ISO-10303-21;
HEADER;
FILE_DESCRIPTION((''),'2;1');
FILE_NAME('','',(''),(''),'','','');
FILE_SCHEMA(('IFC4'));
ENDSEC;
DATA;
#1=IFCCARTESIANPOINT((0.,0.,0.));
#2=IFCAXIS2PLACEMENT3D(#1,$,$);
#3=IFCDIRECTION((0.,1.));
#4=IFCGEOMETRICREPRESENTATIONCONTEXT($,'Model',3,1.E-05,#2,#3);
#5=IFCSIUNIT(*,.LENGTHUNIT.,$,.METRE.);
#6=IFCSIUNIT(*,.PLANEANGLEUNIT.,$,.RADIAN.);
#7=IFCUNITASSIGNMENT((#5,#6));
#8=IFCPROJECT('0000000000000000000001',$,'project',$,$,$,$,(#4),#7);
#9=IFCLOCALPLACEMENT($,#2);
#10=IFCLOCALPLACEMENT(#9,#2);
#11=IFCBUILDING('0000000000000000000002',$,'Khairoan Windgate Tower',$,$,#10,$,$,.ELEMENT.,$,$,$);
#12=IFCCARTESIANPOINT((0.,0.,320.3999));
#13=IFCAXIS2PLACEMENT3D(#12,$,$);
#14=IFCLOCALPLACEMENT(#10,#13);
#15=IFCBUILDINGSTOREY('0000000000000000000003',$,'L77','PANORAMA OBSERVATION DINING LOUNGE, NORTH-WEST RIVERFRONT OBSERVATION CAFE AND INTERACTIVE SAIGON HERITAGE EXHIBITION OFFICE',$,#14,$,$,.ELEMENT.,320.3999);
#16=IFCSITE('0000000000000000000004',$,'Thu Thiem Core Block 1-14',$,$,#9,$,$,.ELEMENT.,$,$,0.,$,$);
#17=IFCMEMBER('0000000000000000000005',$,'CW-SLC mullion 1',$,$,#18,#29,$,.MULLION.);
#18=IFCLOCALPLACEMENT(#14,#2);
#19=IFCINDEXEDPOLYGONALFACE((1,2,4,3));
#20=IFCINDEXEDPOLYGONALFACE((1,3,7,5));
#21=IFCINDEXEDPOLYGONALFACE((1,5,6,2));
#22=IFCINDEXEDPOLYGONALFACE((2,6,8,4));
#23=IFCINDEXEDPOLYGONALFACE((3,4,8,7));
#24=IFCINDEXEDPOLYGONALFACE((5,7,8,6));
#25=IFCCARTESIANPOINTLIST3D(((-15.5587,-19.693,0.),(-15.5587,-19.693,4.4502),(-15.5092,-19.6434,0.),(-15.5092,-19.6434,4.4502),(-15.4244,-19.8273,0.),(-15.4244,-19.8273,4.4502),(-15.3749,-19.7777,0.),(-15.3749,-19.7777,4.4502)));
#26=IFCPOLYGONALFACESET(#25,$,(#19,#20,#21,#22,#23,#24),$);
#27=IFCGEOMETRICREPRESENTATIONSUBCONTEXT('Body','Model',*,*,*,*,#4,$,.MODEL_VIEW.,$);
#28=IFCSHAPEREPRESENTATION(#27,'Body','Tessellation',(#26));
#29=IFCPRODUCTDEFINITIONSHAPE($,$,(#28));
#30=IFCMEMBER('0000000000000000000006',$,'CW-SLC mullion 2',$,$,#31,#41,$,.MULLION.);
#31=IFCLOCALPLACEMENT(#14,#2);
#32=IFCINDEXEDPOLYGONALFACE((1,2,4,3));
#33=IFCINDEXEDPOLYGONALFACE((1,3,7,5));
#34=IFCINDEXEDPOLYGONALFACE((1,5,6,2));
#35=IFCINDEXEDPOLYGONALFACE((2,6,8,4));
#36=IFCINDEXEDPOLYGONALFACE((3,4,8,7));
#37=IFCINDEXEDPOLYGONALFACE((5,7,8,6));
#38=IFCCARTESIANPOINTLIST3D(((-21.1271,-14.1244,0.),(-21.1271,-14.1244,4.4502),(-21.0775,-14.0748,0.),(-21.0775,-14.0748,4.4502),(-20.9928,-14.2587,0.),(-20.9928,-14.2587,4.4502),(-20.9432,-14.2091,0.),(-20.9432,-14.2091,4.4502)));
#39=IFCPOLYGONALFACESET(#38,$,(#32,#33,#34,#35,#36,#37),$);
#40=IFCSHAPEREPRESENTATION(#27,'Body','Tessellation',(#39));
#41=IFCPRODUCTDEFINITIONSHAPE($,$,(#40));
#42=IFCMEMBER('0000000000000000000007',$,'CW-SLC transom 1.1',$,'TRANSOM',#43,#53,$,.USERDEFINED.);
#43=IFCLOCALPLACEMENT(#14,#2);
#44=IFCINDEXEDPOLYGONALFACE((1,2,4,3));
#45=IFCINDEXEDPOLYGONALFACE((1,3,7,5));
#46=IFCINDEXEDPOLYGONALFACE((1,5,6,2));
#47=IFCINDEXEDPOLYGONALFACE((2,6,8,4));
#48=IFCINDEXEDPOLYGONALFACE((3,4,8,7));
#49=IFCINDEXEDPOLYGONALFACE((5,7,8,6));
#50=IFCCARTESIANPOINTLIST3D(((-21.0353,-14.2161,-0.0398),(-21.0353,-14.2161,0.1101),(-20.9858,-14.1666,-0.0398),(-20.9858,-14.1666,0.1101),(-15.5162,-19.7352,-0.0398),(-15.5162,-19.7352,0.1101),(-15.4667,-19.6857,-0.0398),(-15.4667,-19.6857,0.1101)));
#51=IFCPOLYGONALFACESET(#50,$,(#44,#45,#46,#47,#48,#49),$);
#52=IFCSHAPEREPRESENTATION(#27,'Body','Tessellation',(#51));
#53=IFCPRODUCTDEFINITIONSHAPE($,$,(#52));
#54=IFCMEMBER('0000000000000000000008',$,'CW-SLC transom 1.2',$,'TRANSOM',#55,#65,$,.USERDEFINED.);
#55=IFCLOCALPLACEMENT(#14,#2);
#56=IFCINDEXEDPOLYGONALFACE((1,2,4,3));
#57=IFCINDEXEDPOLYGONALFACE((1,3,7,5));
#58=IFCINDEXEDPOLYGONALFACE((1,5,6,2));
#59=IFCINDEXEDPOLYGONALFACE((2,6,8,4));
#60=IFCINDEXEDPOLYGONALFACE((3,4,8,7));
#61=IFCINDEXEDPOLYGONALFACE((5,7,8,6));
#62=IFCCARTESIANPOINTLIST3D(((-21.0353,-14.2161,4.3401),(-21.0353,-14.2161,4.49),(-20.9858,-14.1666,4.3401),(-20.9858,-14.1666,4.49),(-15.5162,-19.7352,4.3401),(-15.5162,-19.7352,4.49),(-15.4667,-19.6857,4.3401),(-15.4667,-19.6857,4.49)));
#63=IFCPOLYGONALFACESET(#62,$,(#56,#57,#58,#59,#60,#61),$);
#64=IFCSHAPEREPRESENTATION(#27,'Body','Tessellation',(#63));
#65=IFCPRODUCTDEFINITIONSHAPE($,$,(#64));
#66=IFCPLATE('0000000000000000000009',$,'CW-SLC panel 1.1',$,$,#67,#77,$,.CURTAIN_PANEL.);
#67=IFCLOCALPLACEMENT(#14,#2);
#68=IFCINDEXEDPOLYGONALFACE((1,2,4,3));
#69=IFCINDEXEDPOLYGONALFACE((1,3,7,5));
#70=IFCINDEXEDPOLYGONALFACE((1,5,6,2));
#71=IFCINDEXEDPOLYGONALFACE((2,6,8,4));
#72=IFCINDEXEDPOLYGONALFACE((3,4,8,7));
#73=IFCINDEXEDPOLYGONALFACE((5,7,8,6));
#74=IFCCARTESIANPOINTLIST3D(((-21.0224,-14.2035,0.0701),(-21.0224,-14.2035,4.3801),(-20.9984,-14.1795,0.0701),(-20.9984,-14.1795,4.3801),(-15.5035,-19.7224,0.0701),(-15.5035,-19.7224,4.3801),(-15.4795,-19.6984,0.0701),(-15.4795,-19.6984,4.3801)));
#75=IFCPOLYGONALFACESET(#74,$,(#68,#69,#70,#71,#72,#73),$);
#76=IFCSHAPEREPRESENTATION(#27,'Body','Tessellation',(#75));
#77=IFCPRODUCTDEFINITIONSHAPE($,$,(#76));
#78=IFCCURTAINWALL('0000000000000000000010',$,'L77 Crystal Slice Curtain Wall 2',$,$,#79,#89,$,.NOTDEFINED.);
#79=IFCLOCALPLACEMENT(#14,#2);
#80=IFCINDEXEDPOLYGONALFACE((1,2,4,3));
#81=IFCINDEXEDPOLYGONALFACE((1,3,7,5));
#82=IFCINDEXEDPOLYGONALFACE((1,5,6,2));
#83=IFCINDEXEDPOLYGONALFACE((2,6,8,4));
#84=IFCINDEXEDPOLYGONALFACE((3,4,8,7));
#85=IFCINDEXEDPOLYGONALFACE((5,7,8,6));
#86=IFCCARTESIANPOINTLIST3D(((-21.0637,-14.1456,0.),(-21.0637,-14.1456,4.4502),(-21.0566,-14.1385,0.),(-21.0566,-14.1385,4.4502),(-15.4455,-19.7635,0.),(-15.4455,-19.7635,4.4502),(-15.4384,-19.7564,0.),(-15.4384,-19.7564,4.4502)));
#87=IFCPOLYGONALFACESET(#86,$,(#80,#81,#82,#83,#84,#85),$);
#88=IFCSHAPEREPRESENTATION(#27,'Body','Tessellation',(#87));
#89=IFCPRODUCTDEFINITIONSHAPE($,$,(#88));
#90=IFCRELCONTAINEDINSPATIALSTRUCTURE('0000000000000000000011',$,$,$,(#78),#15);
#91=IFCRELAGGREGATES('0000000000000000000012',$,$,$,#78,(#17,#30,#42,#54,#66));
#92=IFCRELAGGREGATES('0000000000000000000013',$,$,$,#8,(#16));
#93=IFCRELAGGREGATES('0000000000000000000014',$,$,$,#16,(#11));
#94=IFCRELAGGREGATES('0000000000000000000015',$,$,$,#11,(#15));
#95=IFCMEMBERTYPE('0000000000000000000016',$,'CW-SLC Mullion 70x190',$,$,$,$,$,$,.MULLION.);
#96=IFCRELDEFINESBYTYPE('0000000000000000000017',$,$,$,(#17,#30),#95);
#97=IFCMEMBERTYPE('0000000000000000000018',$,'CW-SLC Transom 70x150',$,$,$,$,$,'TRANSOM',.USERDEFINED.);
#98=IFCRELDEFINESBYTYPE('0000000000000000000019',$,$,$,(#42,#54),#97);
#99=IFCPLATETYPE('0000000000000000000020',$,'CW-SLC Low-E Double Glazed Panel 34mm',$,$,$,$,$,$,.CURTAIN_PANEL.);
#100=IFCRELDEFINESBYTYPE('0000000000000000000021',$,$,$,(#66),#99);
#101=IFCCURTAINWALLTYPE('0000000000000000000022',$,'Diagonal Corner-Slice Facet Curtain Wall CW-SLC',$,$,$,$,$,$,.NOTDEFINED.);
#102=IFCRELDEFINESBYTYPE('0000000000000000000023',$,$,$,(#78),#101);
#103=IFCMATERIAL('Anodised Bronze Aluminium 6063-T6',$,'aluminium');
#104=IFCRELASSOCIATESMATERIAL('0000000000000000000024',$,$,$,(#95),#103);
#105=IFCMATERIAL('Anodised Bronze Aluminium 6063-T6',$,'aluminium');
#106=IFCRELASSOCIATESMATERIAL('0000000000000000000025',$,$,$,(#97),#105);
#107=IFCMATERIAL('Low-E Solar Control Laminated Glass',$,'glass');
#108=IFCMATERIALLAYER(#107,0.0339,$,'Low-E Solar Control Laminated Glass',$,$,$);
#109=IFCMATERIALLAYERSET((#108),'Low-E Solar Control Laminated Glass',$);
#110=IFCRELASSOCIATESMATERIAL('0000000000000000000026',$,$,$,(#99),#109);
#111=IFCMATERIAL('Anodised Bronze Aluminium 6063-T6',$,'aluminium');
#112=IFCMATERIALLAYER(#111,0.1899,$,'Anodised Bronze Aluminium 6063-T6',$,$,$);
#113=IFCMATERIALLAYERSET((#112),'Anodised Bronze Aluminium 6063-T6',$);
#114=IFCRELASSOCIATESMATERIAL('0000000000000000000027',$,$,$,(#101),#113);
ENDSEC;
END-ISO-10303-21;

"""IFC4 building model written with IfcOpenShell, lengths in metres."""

from ifc_helpers import new_model, si_unit, direction, frame, frame_2d, origin, origin_2d, place, context, subcontext, project, spatial, rectangle, extrude, material, layer, layer_set, material_profile, profile_set, type_object, element, aggregate, save


model = new_model("IFC4")

# Units and contexts
model_context = context("Model", 3, precision=1e-05, world=origin(), true_north=direction((0.0, 1.0)))
body_context = subcontext(model_context, "Body", "Model", "MODEL_VIEW")
ifc_project = project(units=[si_unit("LENGTHUNIT", "METRE"), si_unit("PLANEANGLEUNIT", "RADIAN")], contexts=[model_context])

# Site, building, storey
site_placement = place(None, origin())
site = spatial("IfcSite", under=ifc_project, at=site_placement, Name="Thu Thiem Core Block 1-14", CompositionType="ELEMENT", RefElevation=0.0)
building_placement = place(site_placement, origin())
building = spatial("IfcBuilding", under=site, at=building_placement, Name="Khairoan Windgate Tower", CompositionType="ELEMENT")
storey_placement = place(building_placement, frame((0.0, 0.0, 320.3999)))
storey = spatial("IfcBuildingStorey", under=building, at=storey_placement, Name="L77", Description="PANORAMA OBSERVATION DINING LOUNGE, NORTH-WEST RIVERFRONT OBSERVATION CAFE AND INTERACTIVE SAIGON HERITAGE EXHIBITION OFFICE", CompositionType="ELEMENT", Elevation=320.3999)

# Members
ifc_material_1 = material(Name="Anodised Bronze Aluminium 6063-T6", Category="aluminium")
ifc_material_profile_1 = material_profile(ifc_material_1, rectangle(XDim=0.0701, YDim=0.1899, at=origin_2d()))
ifc_profile_set_1 = profile_set([ifc_material_profile_1], Name="Anodised Bronze Aluminium 6063-T6")
member_type_1 = type_object("IfcMemberType", Name="CW-SLC Mullion 70x190", PredefinedType="MULLION", material=ifc_profile_set_1)
member_1_placement = place(storey_placement, frame((-15.4668, -19.7354, 0.0), z_axis=(0.0, 0.0, 1.0), x_axis=(-0.707107, -0.707107, 0.0)))
member_1 = element("IfcMember", 1, at=member_1_placement, type_object=member_type_1, Name="CW-SLC mullion 1", PredefinedType="MULLION", context=body_context, shape_type="SweptSolid", body=[
    extrude(rectangle(XDim=0.0701, YDim=0.1899, at=origin_2d()), origin(), (0.0, 0.0, 1.0), 4.4502),
])
member_2_placement = place(storey_placement, frame((-21.0352, -14.1667, 0.0), z_axis=(0.0, 0.0, 1.0), x_axis=(-0.707107, -0.707107, 0.0)))
member_2 = element("IfcMember", 2, at=member_2_placement, type_object=member_type_1, Name="CW-SLC mullion 2", PredefinedType="MULLION", context=body_context, shape_type="SweptSolid", body=[
    extrude(rectangle(XDim=0.0701, YDim=0.1899, at=origin_2d()), origin(), (0.0, 0.0, 1.0), 4.4502),
])
ifc_material_2 = material(Name="Anodised Bronze Aluminium 6063-T6", Category="aluminium")
ifc_material_profile_2 = material_profile(ifc_material_2, rectangle(XDim=0.0701, YDim=0.1499, at=origin_2d()))
ifc_profile_set_2 = profile_set([ifc_material_profile_2], Name="Anodised Bronze Aluminium 6063-T6")
member_type_2 = type_object("IfcMemberType", Name="CW-SLC Transom 70x150", ElementType="TRANSOM", PredefinedType="USERDEFINED", material=ifc_profile_set_2)
member_3_placement = place(storey_placement, frame((-15.4915, -19.7104, 0.0352), z_axis=(-0.707107, 0.707107, 0.0), x_axis=(-0.707107, -0.707107, 0.0)))
member_3 = element("IfcMember", 3, at=member_3_placement, type_object=member_type_2, Name="CW-SLC transom 1.1", ObjectType="TRANSOM", PredefinedType="USERDEFINED", context=body_context, shape_type="SweptSolid", body=[
    extrude(rectangle(XDim=0.0701, YDim=0.1499, at=origin_2d()), origin(), (0.0, 0.0, 1.0), 7.8052),
])
member_4_placement = place(storey_placement, frame((-15.4915, -19.7104, 4.415), z_axis=(-0.707107, 0.707107, 0.0), x_axis=(-0.707107, -0.707107, 0.0)))
member_4 = element("IfcMember", 4, at=member_4_placement, type_object=member_type_2, Name="CW-SLC transom 1.2", ObjectType="TRANSOM", PredefinedType="USERDEFINED", context=body_context, shape_type="SweptSolid", body=[
    extrude(rectangle(XDim=0.0701, YDim=0.1499, at=origin_2d()), origin(), (0.0, 0.0, 1.0), 7.8052),
])

# Plate
ifc_material_3 = material(Name="Low-E Solar Control Laminated Glass", Category="glass")
ifc_layer_1 = layer(ifc_material_3, 0.0339, Name="Low-E Solar Control Laminated Glass")
ifc_layer_set_1 = layer_set([ifc_layer_1], Name="Low-E Solar Control Laminated Glass")
plate_type_1 = type_object("IfcPlateType", Name="CW-SLC Low-E Double Glazed Panel 34mm", PredefinedType="CURTAIN_PANEL", material=ifc_layer_set_1)
plate_1_placement = place(storey_placement, frame((-18.251, -16.9509, 0.0701), z_axis=(0.0, 0.0, 1.0), x_axis=(-0.707107, 0.707107, 0.0)))
plate_1 = element("IfcPlate", 5, at=plate_1_placement, type_object=plate_type_1, Name="CW-SLC panel 1.1", PredefinedType="CURTAIN_PANEL", context=body_context, shape_type="SweptSolid", body=[
    extrude(rectangle(XDim=7.8049, YDim=0.0339, at=origin_2d()), origin(), (0.0, 0.0, 1.0), 4.3101),
])

# Curtain wall
ifc_material_4 = material(Name="Anodised Bronze Aluminium 6063-T6", Category="aluminium")
ifc_layer_2 = layer(ifc_material_4, 0.1899, Name="Anodised Bronze Aluminium 6063-T6")
ifc_layer_set_2 = layer_set([ifc_layer_2], Name="Anodised Bronze Aluminium 6063-T6")
curtain_wall_type_1 = type_object("IfcCurtainWallType", Name="Diagonal Corner-Slice Facet Curtain Wall CW-SLC", PredefinedType="NOTDEFINED", material=ifc_layer_set_2)
curtain_wall_1_placement = place(storey_placement, frame((-15.4419, -19.76, 0.0), z_axis=(0.0, 0.0, 1.0), x_axis=(-0.707122, 0.707091, 0.0)))
curtain_wall_1 = element("IfcCurtainWall", 6, at=curtain_wall_1_placement, inside=storey, type_object=curtain_wall_type_1, Name="L77 Crystal Slice Curtain Wall 2", PredefinedType="NOTDEFINED", context=body_context, shape_type="SweptSolid", body=[
    extrude(rectangle(XDim=7.9451, YDim=0.01, at=frame_2d((3.9727, 0.0))), origin(), (0.0, 0.0, 1.0), 4.4502),
])
aggregate(curtain_wall_1, [member_1, member_2, member_3, member_4, plate_1])

save(model, "model.ifc")
